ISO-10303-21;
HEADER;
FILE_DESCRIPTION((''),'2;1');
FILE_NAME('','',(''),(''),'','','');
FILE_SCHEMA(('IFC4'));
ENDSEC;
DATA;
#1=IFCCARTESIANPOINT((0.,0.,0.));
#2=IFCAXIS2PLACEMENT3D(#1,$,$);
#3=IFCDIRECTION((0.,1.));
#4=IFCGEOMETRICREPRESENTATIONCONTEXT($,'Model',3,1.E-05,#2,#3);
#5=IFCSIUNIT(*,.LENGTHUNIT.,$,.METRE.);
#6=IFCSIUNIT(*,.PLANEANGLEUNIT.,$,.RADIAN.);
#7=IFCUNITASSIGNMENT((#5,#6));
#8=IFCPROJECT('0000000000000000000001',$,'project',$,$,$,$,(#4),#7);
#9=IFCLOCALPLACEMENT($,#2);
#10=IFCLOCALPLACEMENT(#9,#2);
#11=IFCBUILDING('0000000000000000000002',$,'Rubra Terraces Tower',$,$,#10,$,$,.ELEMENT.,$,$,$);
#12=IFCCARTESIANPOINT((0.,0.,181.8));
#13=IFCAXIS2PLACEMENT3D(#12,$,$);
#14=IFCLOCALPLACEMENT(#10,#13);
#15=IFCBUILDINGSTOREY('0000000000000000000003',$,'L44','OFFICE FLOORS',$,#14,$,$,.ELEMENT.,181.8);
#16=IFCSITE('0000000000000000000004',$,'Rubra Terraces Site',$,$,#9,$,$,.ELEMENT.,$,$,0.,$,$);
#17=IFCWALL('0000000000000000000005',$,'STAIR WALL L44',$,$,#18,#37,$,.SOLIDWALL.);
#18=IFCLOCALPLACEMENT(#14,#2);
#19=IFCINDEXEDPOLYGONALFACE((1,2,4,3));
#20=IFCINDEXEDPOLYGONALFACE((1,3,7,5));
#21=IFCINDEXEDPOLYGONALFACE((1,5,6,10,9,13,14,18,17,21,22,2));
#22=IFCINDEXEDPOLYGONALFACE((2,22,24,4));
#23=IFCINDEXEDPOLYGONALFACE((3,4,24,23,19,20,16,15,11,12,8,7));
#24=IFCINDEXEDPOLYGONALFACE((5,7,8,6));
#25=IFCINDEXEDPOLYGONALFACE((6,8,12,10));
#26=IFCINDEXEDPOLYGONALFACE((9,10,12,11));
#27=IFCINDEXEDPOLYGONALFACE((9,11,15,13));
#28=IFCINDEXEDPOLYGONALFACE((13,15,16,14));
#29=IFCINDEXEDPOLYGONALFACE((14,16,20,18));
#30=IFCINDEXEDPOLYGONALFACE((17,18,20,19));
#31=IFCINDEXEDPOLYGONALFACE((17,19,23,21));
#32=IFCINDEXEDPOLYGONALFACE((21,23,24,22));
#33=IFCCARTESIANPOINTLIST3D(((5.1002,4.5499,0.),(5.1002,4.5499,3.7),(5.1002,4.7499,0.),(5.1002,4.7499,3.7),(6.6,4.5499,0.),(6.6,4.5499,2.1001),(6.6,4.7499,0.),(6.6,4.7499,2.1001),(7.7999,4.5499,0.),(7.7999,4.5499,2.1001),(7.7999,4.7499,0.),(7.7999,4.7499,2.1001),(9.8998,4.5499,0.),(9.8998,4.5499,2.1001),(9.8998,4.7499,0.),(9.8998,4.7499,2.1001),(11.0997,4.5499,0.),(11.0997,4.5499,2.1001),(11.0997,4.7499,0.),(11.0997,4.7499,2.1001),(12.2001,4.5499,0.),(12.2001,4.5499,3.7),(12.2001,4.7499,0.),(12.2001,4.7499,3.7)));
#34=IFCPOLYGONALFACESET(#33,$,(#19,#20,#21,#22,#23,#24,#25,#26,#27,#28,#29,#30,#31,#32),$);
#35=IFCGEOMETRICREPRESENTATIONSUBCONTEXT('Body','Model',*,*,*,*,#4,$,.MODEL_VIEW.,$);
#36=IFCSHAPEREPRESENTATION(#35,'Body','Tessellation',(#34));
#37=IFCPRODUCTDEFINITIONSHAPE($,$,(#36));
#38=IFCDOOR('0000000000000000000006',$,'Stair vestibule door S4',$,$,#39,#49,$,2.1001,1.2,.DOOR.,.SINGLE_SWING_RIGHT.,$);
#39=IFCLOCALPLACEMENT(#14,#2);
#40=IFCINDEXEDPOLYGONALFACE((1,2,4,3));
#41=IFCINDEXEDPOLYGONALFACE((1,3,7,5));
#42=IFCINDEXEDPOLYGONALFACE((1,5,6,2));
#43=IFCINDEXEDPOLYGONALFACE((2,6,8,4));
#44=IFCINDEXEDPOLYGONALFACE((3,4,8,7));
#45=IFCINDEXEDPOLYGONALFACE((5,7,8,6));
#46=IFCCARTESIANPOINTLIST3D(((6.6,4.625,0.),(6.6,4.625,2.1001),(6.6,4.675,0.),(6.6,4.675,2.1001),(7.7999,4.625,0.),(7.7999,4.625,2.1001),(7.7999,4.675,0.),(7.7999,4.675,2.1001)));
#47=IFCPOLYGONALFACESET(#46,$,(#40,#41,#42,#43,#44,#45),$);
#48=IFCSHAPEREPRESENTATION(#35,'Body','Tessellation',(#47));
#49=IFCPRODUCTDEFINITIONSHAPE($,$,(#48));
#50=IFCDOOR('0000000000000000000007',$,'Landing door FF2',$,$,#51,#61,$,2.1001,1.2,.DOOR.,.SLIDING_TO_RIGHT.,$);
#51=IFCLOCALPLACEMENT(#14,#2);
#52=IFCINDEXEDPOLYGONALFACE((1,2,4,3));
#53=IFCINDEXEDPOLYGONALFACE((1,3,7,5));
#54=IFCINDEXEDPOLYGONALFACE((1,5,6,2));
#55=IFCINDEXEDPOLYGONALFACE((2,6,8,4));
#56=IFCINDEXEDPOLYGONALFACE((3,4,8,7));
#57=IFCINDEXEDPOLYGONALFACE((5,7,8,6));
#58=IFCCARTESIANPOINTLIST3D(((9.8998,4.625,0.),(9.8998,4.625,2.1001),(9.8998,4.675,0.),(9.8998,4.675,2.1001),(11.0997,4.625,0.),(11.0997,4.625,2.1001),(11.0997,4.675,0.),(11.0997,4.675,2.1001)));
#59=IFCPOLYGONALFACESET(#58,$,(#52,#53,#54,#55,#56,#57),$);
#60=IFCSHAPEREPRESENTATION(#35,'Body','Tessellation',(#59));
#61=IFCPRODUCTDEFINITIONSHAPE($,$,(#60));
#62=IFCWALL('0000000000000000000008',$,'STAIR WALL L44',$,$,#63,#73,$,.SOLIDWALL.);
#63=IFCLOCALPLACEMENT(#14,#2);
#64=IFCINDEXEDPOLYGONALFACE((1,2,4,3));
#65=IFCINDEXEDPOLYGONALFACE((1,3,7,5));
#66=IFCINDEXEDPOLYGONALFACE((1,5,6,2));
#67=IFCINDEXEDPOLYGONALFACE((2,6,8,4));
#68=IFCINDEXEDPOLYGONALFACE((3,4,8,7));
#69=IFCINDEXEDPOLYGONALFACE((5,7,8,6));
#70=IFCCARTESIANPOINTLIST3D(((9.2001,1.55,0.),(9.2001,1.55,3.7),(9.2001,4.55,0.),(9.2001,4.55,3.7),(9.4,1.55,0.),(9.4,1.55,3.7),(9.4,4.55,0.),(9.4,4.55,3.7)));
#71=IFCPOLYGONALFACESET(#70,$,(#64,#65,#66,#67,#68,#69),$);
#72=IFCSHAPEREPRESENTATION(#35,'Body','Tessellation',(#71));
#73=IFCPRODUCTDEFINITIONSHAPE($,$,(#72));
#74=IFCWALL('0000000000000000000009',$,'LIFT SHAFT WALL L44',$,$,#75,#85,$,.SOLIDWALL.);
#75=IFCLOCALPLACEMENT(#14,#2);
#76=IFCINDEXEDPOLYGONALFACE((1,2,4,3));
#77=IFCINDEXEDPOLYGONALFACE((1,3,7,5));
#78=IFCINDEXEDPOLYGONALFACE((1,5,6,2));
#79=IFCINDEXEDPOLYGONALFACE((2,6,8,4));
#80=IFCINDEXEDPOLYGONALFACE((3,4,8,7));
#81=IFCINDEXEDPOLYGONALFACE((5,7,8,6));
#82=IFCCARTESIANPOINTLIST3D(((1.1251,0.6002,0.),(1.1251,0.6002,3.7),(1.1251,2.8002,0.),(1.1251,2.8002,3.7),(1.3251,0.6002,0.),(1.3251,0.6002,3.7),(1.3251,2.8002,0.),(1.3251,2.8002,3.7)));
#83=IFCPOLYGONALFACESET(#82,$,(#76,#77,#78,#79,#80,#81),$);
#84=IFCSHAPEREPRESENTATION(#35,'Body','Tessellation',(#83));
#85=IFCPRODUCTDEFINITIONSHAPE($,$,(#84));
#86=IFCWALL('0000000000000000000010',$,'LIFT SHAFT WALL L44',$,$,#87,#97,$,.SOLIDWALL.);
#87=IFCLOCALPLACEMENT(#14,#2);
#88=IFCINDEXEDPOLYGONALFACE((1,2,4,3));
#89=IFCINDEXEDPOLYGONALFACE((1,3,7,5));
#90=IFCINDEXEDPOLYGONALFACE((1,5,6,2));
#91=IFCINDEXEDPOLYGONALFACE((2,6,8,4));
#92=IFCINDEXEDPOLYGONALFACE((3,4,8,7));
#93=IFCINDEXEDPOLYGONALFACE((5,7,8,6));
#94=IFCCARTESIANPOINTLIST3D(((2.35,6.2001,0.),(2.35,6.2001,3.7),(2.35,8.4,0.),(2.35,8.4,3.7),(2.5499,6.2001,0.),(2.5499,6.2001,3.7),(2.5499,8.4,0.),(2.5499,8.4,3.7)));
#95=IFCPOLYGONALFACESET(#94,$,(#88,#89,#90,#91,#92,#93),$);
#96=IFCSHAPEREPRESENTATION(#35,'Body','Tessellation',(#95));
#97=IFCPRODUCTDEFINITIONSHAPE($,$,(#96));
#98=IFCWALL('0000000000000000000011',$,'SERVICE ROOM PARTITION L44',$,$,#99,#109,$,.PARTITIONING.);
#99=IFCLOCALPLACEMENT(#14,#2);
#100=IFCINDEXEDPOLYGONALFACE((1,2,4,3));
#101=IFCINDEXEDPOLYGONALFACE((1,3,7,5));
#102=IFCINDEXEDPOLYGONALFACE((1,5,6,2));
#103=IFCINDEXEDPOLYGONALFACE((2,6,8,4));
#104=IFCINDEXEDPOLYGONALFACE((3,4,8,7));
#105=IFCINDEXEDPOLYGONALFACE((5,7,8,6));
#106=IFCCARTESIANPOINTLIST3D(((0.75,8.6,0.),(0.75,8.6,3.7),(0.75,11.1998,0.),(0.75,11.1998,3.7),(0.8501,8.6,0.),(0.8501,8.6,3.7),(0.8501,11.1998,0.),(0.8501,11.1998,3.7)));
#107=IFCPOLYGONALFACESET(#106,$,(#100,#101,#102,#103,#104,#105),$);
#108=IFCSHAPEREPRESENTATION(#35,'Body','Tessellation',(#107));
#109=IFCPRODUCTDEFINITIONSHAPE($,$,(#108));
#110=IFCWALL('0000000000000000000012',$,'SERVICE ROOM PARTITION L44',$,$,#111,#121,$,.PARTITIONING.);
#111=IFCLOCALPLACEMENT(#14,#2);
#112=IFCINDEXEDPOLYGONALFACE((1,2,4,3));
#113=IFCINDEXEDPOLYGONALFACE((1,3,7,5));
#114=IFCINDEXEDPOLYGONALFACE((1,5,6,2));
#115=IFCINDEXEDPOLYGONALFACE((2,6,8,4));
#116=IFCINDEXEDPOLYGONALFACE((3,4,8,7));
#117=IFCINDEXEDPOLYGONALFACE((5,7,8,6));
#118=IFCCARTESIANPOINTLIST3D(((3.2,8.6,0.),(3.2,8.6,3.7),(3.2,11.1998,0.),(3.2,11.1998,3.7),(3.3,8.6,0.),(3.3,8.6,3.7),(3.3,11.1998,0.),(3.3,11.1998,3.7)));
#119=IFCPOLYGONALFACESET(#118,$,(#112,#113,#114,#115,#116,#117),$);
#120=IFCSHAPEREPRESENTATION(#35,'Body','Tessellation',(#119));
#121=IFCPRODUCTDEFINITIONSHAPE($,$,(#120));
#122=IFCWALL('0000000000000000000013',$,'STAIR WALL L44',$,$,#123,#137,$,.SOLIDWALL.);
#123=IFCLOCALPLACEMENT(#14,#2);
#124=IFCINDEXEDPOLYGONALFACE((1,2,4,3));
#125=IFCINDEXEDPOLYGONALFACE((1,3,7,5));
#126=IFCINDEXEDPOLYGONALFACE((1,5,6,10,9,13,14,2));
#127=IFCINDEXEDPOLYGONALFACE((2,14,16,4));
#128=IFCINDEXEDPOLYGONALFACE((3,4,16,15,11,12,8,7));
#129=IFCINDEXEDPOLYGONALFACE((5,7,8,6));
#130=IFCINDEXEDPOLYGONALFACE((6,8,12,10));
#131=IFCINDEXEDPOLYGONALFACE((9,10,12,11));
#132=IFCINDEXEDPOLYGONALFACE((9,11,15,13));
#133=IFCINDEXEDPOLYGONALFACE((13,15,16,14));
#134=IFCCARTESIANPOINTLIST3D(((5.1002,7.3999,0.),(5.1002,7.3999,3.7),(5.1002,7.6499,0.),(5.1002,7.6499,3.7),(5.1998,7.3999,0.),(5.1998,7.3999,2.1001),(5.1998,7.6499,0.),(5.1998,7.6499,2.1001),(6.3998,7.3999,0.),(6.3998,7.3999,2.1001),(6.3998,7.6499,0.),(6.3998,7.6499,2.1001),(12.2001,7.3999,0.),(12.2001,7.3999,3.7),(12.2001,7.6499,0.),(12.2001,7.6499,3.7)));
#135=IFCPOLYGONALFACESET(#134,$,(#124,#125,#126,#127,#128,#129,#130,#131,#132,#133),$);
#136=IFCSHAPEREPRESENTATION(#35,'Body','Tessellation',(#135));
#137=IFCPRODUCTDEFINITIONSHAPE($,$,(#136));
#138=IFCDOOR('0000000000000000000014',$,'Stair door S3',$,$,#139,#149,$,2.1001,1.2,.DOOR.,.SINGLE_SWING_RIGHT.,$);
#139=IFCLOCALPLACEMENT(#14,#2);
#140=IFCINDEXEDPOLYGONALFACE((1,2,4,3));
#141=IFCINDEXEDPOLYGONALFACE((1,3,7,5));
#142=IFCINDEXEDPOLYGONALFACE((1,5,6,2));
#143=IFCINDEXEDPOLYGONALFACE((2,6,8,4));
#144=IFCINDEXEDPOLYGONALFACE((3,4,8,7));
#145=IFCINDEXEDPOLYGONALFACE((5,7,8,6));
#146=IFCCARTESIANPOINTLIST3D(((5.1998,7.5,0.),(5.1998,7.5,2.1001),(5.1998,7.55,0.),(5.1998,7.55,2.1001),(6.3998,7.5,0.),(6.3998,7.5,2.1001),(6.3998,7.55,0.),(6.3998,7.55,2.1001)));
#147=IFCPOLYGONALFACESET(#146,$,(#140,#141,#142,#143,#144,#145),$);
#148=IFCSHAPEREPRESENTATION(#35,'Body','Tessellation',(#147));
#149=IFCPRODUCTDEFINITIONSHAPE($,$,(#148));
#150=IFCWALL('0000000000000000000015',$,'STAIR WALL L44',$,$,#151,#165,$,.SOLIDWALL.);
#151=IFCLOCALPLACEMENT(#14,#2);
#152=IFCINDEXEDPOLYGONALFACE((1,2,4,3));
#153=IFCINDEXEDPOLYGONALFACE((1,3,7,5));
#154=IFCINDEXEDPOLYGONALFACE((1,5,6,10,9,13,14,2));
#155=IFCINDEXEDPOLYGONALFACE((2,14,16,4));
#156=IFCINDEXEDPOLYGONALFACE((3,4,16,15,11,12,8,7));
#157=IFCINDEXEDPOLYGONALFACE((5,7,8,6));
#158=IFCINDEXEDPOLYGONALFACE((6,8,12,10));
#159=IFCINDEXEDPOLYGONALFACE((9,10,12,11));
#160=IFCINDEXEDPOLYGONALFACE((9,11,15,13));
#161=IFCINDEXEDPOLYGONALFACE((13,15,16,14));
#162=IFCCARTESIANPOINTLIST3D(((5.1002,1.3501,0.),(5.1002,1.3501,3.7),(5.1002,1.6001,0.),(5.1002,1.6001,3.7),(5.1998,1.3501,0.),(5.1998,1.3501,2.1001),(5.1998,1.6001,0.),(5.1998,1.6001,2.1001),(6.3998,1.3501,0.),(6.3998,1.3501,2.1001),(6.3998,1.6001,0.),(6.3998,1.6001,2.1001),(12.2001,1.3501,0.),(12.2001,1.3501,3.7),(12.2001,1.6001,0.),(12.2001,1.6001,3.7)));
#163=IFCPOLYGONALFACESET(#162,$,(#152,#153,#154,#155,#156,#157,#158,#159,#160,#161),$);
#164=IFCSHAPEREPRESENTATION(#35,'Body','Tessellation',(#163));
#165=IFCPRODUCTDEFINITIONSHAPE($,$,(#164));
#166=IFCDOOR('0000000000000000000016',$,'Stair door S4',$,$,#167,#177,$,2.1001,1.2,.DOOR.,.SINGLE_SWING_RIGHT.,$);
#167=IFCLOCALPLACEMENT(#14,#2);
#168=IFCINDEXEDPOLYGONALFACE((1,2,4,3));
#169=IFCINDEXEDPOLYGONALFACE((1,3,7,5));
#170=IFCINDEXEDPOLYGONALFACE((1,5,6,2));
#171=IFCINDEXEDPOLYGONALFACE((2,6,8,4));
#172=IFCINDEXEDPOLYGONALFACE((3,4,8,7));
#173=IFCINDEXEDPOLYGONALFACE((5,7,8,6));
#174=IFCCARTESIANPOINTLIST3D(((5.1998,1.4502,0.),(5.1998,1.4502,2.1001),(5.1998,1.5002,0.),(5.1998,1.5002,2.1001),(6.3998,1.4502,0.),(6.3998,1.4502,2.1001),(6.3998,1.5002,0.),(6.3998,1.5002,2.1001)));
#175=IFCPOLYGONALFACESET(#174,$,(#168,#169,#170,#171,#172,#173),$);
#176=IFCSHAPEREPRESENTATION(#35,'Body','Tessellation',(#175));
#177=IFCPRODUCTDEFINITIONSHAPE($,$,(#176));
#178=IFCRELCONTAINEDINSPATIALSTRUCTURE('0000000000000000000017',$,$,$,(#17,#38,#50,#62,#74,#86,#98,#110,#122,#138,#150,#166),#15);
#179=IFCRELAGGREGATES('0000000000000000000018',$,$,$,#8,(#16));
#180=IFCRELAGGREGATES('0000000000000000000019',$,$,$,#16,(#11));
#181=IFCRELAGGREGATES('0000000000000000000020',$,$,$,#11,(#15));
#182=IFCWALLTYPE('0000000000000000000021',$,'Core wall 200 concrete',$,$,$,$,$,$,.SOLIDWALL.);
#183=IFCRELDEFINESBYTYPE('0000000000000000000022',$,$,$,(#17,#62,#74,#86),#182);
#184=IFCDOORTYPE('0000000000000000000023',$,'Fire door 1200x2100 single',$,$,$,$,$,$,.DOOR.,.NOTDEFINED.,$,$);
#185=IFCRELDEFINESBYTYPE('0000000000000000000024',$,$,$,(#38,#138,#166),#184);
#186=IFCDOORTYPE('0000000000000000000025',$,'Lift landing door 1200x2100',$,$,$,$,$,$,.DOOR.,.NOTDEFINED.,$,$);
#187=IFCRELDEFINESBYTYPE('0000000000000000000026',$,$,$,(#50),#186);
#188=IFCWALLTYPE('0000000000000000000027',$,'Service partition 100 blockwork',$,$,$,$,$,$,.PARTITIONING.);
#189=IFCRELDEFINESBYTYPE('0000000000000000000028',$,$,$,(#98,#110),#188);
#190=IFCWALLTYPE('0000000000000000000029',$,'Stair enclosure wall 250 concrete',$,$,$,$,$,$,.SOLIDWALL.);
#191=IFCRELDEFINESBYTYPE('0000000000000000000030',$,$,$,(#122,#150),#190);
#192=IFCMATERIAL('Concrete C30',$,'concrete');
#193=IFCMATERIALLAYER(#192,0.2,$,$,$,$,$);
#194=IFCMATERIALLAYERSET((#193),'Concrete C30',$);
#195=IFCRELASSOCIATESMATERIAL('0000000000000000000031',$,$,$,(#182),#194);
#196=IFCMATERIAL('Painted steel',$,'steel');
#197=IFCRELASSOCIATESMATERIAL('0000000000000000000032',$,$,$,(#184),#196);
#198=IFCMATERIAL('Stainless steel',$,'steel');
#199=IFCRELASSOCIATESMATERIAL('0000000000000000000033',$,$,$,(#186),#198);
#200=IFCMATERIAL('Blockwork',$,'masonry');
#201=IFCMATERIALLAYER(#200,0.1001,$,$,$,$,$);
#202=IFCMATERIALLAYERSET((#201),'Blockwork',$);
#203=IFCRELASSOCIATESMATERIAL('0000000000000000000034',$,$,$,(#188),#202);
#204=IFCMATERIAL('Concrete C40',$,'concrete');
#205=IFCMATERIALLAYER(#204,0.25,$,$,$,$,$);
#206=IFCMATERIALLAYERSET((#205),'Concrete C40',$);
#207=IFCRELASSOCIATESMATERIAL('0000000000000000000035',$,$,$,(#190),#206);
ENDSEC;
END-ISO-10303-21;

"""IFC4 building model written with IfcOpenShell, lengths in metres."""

from ifc_helpers import new_model, si_unit, direction, frame, frame_2d, origin, place, context, subcontext, project, spatial, rectangle, extrude, material, layer, layer_set, type_object, element, fill, save


model = new_model("IFC4")

# Units and contexts
model_context = context("Model", 3, precision=1e-05, world=origin(), true_north=direction((0.0, 1.0)))
body_context = subcontext(model_context, "Body", "Model", "MODEL_VIEW")
ifc_project = project(units=[si_unit("LENGTHUNIT", "METRE"), si_unit("PLANEANGLEUNIT", "RADIAN")], contexts=[model_context])

# Site, building, storey
site_placement = place(None, origin())
site = spatial("IfcSite", under=ifc_project, at=site_placement, Name="Rubra Terraces Site", CompositionType="ELEMENT", RefElevation=0.0)
building_placement = place(site_placement, origin())
building = spatial("IfcBuilding", under=site, at=building_placement, Name="Rubra Terraces Tower", CompositionType="ELEMENT")
storey_placement = place(building_placement, frame((0.0, 0.0, 181.8)))
storey = spatial("IfcBuildingStorey", under=building, at=storey_placement, Name="L44", Description="OFFICE FLOORS", CompositionType="ELEMENT", Elevation=181.8)

# Shared definitions
ifc_material_1 = material(Name="Concrete C40", Category="concrete")

# Wall, openings, doors
ifc_material_2 = material(Name="Concrete C30", Category="concrete")
ifc_layer_1 = layer(ifc_material_2, 0.2)
ifc_layer_set_1 = layer_set([ifc_layer_1], Name="Concrete C30")
wall_type_1 = type_object("IfcWallType", Name="Core wall 200 concrete", PredefinedType="SOLIDWALL", material=ifc_layer_set_1)
wall_1_placement = place(storey_placement, frame((12.2, 4.6499, 0.0), z_axis=(0.0, 0.0, 1.0), x_axis=(-1.0, 0.0, 0.0)))
wall_1 = element("IfcWall", 1, at=wall_1_placement, inside=storey, type_object=wall_type_1, Name="STAIR WALL L44", PredefinedType="SOLIDWALL", context=body_context, shape_type="SweptSolid", body=[
    extrude(rectangle(XDim=7.0999, YDim=0.2, at=frame_2d((3.5498, 0.0))), origin(), (0.0, 0.0, 1.0), 3.7),
])
opening_1_placement = place(wall_1_placement, frame((4.3999, 0.0, 0.0)))
opening_1 = element("IfcOpeningElement", 2, at=opening_1_placement, cuts=wall_1, PredefinedType="OPENING", context=body_context, shape_type="SweptSolid", body=[
    extrude(rectangle(XDim=1.2, YDim=2.1001, at=frame_2d((0.6001, 1.05))), frame((0.0, 0.1099, 0.0), z_axis=(0.0, -1.0, 0.0), x_axis=(1.0, 0.0, 0.0)), (0.0, 0.0, 1.0), 0.22),
])
opening_2_placement = place(wall_1_placement, frame((1.1001, 0.0, 0.0)))
opening_2 = element("IfcOpeningElement", 3, at=opening_2_placement, cuts=wall_1, PredefinedType="OPENING", context=body_context, shape_type="SweptSolid", body=[
    extrude(rectangle(XDim=1.2, YDim=2.1001, at=frame_2d((0.6001, 1.05))), frame((0.0, 0.1099, 0.0), z_axis=(0.0, -1.0, 0.0), x_axis=(1.0, 0.0, 0.0)), (0.0, 0.0, 1.0), 0.22),
])
ifc_material_3 = material(Name="Painted steel", Category="steel")
door_type_1 = type_object("IfcDoorType", Name="Fire door 1200x2100 single", OperationType="NOTDEFINED", PredefinedType="DOOR", material=ifc_material_3)
door_1_placement = place(opening_1_placement, origin())
door_1 = element("IfcDoor", 4, at=door_1_placement, inside=storey, type_object=door_type_1, Name="Stair vestibule door S4", OperationType="SINGLE_SWING_RIGHT", OverallHeight=2.1001, OverallWidth=1.2, PredefinedType="DOOR", context=body_context, shape_type="SweptSolid", body=[
    extrude(rectangle(XDim=1.2, YDim=2.1001, at=frame_2d((0.6001, 1.05))), frame((0.0, 0.0249, 0.0), z_axis=(0.0, -1.0, 0.0), x_axis=(1.0, 0.0, 0.0)), (0.0, 0.0, 1.0), 0.05),
])
fill(opening_1, door_1)
ifc_material_4 = material(Name="Stainless steel", Category="steel")
door_type_2 = type_object("IfcDoorType", Name="Lift landing door 1200x2100", OperationType="NOTDEFINED", PredefinedType="DOOR", material=ifc_material_4)
door_2_placement = place(opening_2_placement, origin())
door_2 = element("IfcDoor", 5, at=door_2_placement, inside=storey, type_object=door_type_2, Name="Landing door FF2", OperationType="SLIDING_TO_RIGHT", OverallHeight=2.1001, OverallWidth=1.2, PredefinedType="DOOR", context=body_context, shape_type="SweptSolid", body=[
    extrude(rectangle(XDim=1.2, YDim=2.1001, at=frame_2d((0.6001, 1.05))), frame((0.0, 0.0249, 0.0), z_axis=(0.0, -1.0, 0.0), x_axis=(1.0, 0.0, 0.0)), (0.0, 0.0, 1.0), 0.05),
])
fill(opening_2, door_2)

# Walls
wall_2_placement = place(storey_placement, frame((9.3, 4.55, 0.0), z_axis=(0.0, 0.0, 1.0), x_axis=(0.0, -1.0, 0.0)))
element("IfcWall", 6, at=wall_2_placement, inside=storey, type_object=wall_type_1, Name="STAIR WALL L44", PredefinedType="SOLIDWALL", context=body_context, shape_type="SweptSolid", body=[
    extrude(rectangle(XDim=3.0, YDim=0.2, at=frame_2d((1.5, 0.0))), origin(), (0.0, 0.0, 1.0), 3.7),
])
for number, where, z_axis, x_axis, name in (
    (7, (1.2251, 0.6001, 0.0), (0.0, 0.0, 1.0), (0.0, 1.0, 0.0), "LIFT SHAFT WALL L44"),
    (8, (2.45, 6.2, 0.0), (0.0, 0.0, 1.0), (0.0, 1.0, 0.0), "LIFT SHAFT WALL L44"),
):
    element("IfcWall", number, at=place(storey_placement, frame(where, z_axis=z_axis, x_axis=x_axis)), inside=storey, type_object=wall_type_1, Name=name, PredefinedType="SOLIDWALL", context=body_context, shape_type="SweptSolid", body=[
        extrude(rectangle(XDim=2.2, YDim=0.2, at=frame_2d((1.1001, 0.0))), origin(), (0.0, 0.0, 1.0), 3.7),
    ])
ifc_material_5 = material(Name="Blockwork", Category="masonry")
ifc_layer_2 = layer(ifc_material_5, 0.1001)
ifc_layer_set_2 = layer_set([ifc_layer_2], Name="Blockwork")
wall_type_2 = type_object("IfcWallType", Name="Service partition 100 blockwork", PredefinedType="PARTITIONING", material=ifc_layer_set_2)
for number, where, z_axis, x_axis, name in (
    (9, (0.8, 8.6001, 0.0), (0.0, 0.0, 1.0), (0.0, 1.0, 0.0), "SERVICE ROOM PARTITION L44"),
    (10, (3.25, 8.6001, 0.0), (0.0, 0.0, 1.0), (0.0, 1.0, 0.0), "SERVICE ROOM PARTITION L44"),
):
    element("IfcWall", number, at=place(storey_placement, frame(where, z_axis=z_axis, x_axis=x_axis)), inside=storey, type_object=wall_type_2, Name=name, PredefinedType="PARTITIONING", context=body_context, shape_type="SweptSolid", body=[
        extrude(rectangle(XDim=2.5999, YDim=0.1001, at=frame_2d((1.2998, 0.0))), origin(), (0.0, 0.0, 1.0), 3.7),
    ])

# Walls, openings, doors
ifc_layer_3 = layer(ifc_material_1, 0.25)
ifc_layer_set_3 = layer_set([ifc_layer_3], Name="Concrete C40")
wall_type_3 = type_object("IfcWallType", Name="Stair enclosure wall 250 concrete", PredefinedType="SOLIDWALL", material=ifc_layer_set_3)
wall_3_placement = place(storey_placement, frame((12.2, 7.5249, 0.0), z_axis=(0.0, 0.0, 1.0), x_axis=(-1.0, 0.0, 0.0)))
wall_3 = element("IfcWall", 11, at=wall_3_placement, inside=storey, type_object=wall_type_3, Name="STAIR WALL L44", PredefinedType="SOLIDWALL", context=body_context, shape_type="SweptSolid", body=[
    extrude(rectangle(XDim=7.0999, YDim=0.25, at=frame_2d((3.5498, 0.0))), origin(), (0.0, 0.0, 1.0), 3.7),
])
opening_3_placement = place(wall_3_placement, frame((5.8, 0.0, 0.0)))
opening_3 = element("IfcOpeningElement", 12, at=opening_3_placement, cuts=wall_3, PredefinedType="OPENING", context=body_context, shape_type="SweptSolid", body=[
    extrude(rectangle(XDim=1.2, YDim=2.1001, at=frame_2d((0.6001, 1.05))), frame((0.0, 0.135, 0.0), z_axis=(0.0, -1.0, 0.0), x_axis=(1.0, 0.0, 0.0)), (0.0, 0.0, 1.0), 0.27),
])
door_3_placement = place(opening_3_placement, origin())
door_3 = element("IfcDoor", 13, at=door_3_placement, inside=storey, type_object=door_type_1, Name="Stair door S3", OperationType="SINGLE_SWING_RIGHT", OverallHeight=2.1001, OverallWidth=1.2, PredefinedType="DOOR", context=body_context, shape_type="SweptSolid", body=[
    extrude(rectangle(XDim=1.2, YDim=2.1001, at=frame_2d((0.6001, 1.05))), frame((0.0, 0.0249, 0.0), z_axis=(0.0, -1.0, 0.0), x_axis=(1.0, 0.0, 0.0)), (0.0, 0.0, 1.0), 0.05),
])
fill(opening_3, door_3)
wall_4_placement = place(storey_placement, frame((12.2, 1.4751, 0.0), z_axis=(0.0, 0.0, 1.0), x_axis=(-1.0, 0.0, 0.0)))
wall_4 = element("IfcWall", 14, at=wall_4_placement, inside=storey, type_object=wall_type_3, Name="STAIR WALL L44", PredefinedType="SOLIDWALL", context=body_context, shape_type="SweptSolid", body=[
    extrude(rectangle(XDim=7.0999, YDim=0.25, at=frame_2d((3.5498, 0.0))), origin(), (0.0, 0.0, 1.0), 3.7),
])
opening_4_placement = place(wall_4_placement, frame((5.8, 0.0, 0.0)))
opening_4 = element("IfcOpeningElement", 15, at=opening_4_placement, cuts=wall_4, PredefinedType="OPENING", context=body_context, shape_type="SweptSolid", body=[
    extrude(rectangle(XDim=1.2, YDim=2.1001, at=frame_2d((0.6001, 1.05))), frame((0.0, 0.135, 0.0), z_axis=(0.0, -1.0, 0.0), x_axis=(1.0, 0.0, 0.0)), (0.0, 0.0, 1.0), 0.27),
])
door_4_placement = place(opening_4_placement, origin())
door_4 = element("IfcDoor", 16, at=door_4_placement, inside=storey, type_object=door_type_1, Name="Stair door S4", OperationType="SINGLE_SWING_RIGHT", OverallHeight=2.1001, OverallWidth=1.2, PredefinedType="DOOR", context=body_context, shape_type="SweptSolid", body=[
    extrude(rectangle(XDim=1.2, YDim=2.1001, at=frame_2d((0.6001, 1.05))), frame((0.0, 0.0249, 0.0), z_axis=(0.0, -1.0, 0.0), x_axis=(1.0, 0.0, 0.0)), (0.0, 0.0, 1.0), 0.05),
])
fill(opening_4, door_4)

save(model, "model.ifc")
